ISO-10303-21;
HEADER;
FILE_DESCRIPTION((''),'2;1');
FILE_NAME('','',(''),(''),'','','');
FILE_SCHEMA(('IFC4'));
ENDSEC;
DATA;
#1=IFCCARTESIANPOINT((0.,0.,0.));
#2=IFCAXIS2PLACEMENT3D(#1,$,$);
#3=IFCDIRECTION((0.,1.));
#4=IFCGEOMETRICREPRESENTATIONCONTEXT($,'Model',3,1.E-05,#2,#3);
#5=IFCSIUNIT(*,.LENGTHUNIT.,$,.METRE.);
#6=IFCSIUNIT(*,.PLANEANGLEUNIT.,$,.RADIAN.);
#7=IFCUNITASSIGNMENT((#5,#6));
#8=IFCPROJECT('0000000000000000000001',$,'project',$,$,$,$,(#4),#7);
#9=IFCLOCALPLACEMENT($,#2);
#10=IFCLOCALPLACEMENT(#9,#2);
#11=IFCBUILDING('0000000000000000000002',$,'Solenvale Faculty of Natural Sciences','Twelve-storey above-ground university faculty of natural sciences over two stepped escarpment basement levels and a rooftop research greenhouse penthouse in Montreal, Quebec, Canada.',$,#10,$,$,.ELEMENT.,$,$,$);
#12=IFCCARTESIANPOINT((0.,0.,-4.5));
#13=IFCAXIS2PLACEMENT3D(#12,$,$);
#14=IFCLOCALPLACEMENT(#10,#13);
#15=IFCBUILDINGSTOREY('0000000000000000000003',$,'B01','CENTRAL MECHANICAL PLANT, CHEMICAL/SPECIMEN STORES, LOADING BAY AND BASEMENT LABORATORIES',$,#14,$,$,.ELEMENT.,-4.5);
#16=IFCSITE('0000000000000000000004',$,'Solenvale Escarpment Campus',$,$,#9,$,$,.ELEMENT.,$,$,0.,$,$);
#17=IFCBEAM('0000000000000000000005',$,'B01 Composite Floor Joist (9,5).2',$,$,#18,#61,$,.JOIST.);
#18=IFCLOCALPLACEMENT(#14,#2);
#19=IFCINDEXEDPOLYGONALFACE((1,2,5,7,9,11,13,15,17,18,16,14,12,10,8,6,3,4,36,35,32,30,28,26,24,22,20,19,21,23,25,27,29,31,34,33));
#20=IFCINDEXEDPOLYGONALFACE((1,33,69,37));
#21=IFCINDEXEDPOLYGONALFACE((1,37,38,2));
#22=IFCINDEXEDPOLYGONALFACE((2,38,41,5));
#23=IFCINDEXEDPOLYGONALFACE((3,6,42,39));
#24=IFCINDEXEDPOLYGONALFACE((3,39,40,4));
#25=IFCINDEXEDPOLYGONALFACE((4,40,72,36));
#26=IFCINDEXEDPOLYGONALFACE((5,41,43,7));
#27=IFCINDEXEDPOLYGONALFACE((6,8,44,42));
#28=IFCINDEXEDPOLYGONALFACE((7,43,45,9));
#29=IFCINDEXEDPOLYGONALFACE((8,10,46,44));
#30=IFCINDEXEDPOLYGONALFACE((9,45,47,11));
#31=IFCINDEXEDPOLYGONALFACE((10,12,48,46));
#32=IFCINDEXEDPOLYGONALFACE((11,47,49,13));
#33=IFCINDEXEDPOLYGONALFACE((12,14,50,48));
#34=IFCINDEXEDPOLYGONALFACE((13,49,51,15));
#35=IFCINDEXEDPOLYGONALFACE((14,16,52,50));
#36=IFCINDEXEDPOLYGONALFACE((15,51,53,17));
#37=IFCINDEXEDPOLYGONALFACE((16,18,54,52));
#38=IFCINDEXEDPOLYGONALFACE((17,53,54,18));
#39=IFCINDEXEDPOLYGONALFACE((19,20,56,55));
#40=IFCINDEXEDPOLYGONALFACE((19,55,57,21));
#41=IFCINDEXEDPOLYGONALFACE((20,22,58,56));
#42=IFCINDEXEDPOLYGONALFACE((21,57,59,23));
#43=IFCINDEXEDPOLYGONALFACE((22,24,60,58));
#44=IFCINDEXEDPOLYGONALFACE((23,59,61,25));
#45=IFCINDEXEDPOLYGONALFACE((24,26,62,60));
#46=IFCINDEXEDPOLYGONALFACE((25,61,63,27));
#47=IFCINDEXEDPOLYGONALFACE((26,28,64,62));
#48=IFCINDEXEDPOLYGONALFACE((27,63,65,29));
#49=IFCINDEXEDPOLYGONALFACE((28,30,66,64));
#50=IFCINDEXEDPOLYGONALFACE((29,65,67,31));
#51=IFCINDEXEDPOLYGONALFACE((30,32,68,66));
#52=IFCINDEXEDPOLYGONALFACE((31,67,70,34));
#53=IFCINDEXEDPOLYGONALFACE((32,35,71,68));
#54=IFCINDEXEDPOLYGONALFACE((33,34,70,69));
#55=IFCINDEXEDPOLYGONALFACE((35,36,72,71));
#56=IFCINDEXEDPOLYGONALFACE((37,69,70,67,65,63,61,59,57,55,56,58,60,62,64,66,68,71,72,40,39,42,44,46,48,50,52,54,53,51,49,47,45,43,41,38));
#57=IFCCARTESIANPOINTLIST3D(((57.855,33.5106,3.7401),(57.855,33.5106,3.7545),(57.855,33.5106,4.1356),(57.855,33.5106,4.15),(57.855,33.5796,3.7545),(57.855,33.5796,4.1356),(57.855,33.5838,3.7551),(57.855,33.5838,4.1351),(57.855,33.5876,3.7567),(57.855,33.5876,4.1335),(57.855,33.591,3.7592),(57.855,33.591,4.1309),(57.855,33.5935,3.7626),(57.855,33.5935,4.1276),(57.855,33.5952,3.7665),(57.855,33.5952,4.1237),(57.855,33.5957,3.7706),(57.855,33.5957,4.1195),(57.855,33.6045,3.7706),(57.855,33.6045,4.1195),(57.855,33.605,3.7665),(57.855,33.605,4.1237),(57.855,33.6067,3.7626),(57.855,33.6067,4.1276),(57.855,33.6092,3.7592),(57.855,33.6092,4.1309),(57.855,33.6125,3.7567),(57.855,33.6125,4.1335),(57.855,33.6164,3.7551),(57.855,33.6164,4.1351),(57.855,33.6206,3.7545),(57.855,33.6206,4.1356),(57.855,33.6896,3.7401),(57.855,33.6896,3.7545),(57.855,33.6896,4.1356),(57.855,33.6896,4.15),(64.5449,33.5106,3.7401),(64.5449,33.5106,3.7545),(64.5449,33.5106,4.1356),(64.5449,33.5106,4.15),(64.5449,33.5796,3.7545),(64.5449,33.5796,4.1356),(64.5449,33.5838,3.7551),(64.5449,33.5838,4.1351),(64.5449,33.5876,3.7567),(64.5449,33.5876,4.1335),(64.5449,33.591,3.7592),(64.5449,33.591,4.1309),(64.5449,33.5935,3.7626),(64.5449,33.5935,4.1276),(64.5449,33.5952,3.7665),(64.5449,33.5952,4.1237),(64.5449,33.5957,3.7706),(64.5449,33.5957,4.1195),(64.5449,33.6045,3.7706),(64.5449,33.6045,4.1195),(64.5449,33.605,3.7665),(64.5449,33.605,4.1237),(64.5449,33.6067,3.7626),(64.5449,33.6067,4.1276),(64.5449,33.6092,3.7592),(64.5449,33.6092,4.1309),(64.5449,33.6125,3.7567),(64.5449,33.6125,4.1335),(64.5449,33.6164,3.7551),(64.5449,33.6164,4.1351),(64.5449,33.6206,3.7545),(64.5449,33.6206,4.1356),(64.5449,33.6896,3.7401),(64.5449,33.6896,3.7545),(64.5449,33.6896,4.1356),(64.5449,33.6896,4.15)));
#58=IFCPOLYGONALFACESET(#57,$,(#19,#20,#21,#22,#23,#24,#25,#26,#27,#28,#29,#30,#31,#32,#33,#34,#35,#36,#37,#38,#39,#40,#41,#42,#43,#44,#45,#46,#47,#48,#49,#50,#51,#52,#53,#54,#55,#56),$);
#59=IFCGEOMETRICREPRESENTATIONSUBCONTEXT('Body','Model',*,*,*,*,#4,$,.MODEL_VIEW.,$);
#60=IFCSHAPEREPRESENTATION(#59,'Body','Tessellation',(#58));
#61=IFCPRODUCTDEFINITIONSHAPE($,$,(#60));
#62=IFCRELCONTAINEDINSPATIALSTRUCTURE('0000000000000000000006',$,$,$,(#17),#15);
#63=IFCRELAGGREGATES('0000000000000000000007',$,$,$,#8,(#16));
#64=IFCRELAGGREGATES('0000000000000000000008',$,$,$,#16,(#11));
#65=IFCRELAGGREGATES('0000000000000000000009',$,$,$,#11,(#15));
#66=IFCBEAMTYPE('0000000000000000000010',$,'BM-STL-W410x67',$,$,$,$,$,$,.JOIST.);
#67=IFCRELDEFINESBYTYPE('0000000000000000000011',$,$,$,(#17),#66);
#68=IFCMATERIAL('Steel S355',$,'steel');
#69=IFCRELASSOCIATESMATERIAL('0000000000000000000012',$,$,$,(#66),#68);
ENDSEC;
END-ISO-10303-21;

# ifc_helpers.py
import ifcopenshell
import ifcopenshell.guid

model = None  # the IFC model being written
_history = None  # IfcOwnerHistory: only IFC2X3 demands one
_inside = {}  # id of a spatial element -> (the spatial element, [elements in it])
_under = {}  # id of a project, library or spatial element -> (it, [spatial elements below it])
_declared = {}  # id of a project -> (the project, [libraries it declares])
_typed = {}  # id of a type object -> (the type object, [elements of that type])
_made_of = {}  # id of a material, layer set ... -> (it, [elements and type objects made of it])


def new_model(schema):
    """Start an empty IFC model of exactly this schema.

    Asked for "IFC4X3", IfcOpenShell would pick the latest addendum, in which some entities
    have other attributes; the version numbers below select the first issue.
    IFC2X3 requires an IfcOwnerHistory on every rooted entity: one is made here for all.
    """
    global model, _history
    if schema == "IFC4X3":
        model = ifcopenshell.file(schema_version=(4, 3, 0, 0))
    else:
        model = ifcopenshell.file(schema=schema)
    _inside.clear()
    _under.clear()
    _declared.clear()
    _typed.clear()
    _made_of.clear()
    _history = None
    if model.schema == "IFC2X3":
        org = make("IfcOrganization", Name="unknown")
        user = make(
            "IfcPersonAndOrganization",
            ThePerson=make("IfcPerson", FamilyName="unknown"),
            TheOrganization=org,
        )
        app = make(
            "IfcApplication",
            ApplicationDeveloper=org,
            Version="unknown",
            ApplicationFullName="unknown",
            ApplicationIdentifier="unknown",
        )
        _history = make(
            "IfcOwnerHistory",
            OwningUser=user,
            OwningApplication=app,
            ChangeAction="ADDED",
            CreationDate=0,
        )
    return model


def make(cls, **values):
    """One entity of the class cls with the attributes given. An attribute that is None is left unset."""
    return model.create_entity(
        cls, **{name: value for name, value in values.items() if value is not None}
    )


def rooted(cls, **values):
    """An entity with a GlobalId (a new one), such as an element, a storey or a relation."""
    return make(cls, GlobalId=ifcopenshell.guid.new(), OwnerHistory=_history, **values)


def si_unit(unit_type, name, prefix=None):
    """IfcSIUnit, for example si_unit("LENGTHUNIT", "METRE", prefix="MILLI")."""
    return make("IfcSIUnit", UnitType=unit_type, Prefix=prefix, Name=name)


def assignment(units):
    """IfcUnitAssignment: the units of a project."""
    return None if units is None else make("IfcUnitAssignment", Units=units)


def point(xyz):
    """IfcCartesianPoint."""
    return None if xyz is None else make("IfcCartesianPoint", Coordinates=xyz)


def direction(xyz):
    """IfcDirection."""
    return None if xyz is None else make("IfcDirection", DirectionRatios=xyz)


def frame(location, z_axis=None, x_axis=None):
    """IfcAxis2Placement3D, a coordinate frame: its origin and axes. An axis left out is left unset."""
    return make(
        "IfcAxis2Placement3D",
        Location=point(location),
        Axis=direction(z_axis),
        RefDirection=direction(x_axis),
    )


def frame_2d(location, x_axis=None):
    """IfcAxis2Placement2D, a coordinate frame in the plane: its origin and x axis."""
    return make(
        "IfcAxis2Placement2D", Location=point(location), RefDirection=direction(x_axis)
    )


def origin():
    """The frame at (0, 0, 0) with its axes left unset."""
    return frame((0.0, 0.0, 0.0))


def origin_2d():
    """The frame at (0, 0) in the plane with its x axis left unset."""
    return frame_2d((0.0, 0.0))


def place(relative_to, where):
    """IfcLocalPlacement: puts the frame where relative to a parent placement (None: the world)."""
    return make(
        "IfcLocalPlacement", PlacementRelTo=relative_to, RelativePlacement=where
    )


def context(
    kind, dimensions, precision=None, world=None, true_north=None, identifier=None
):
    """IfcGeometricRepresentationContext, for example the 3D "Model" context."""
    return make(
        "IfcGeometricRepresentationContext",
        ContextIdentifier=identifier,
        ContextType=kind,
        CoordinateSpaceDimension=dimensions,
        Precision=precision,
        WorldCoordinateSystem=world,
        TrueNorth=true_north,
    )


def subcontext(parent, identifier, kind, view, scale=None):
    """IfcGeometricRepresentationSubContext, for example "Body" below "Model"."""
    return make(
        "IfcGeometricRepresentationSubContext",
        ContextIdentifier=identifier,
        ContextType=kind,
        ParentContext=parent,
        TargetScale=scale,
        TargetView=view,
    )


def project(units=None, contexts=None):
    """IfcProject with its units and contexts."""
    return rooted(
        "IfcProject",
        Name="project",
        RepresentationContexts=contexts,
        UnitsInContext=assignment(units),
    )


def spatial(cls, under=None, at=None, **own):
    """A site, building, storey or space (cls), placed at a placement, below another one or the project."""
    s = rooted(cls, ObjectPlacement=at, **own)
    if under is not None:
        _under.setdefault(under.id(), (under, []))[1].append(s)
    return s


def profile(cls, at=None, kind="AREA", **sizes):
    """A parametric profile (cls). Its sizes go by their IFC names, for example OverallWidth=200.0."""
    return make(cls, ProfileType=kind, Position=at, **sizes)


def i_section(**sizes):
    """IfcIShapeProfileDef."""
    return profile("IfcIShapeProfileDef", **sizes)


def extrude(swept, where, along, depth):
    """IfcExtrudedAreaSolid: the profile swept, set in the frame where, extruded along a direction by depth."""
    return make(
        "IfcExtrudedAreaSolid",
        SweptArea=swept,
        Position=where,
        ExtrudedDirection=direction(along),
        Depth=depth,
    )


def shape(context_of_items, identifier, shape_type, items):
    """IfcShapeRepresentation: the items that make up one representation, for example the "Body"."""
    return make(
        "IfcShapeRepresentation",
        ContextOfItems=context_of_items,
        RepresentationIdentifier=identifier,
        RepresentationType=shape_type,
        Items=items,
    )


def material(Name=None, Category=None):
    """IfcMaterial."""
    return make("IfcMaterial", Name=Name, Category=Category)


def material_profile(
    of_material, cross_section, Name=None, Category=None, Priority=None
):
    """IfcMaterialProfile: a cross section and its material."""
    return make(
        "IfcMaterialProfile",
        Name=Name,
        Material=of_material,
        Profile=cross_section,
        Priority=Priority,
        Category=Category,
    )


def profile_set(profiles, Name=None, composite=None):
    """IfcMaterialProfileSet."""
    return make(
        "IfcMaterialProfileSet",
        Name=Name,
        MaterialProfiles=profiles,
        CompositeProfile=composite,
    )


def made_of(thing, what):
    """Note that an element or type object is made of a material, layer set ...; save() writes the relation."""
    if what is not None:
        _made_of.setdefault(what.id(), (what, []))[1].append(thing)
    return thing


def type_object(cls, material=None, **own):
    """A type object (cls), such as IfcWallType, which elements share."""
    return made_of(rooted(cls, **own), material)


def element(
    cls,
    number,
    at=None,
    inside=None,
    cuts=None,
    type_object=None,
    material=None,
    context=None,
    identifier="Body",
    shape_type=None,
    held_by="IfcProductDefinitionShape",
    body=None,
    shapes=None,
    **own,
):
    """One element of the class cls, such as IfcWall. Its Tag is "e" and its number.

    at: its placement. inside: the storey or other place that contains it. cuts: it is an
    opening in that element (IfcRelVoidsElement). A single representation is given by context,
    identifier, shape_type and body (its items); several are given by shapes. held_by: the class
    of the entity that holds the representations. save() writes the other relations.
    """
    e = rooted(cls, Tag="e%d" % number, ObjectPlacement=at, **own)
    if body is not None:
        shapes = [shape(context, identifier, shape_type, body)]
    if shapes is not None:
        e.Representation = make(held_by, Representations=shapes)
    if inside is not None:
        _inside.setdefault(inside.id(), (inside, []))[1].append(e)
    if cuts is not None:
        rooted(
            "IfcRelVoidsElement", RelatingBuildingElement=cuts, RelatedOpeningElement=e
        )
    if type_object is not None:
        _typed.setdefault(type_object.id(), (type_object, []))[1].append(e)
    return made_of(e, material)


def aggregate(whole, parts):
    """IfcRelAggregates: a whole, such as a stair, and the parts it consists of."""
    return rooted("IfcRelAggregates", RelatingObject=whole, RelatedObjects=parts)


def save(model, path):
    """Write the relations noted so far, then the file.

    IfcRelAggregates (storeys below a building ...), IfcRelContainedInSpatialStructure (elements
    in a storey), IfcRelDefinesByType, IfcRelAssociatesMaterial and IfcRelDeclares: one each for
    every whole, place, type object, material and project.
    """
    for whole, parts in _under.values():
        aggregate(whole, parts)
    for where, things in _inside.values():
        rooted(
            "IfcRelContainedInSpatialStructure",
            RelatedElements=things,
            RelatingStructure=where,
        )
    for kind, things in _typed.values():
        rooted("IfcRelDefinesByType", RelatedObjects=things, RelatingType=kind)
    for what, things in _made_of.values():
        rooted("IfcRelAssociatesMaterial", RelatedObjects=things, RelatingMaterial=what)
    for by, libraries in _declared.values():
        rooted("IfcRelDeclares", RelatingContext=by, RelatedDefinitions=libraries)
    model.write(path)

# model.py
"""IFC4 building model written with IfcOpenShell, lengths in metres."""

from ifc_helpers import new_model, si_unit, direction, frame, origin, origin_2d, place, context, subcontext, project, spatial, i_section, extrude, material, material_profile, profile_set, type_object, element, save


model = new_model("IFC4")

# Units and contexts
model_context = context("Model", 3, precision=1e-05, world=origin(), true_north=direction((0.0, 1.0)))
body_context = subcontext(model_context, "Body", "Model", "MODEL_VIEW")
ifc_project = project(units=[si_unit("LENGTHUNIT", "METRE"), si_unit("PLANEANGLEUNIT", "RADIAN")], contexts=[model_context])

# Site, building, storey
site_placement = place(None, origin())
site = spatial("IfcSite", under=ifc_project, at=site_placement, Name="Solenvale Escarpment Campus", CompositionType="ELEMENT", RefElevation=0.0)
building_placement = place(site_placement, origin())
building = spatial("IfcBuilding", under=site, at=building_placement, Name="Solenvale Faculty of Natural Sciences", Description="Twelve-storey above-ground university faculty of natural sciences over two stepped escarpment basement levels and a rooftop research greenhouse penthouse in Montreal, Quebec, Canada.", CompositionType="ELEMENT")
storey_placement = place(building_placement, frame((0.0, 0.0, -4.5)))
storey = spatial("IfcBuildingStorey", under=building, at=storey_placement, Name="B01", Description="CENTRAL MECHANICAL PLANT, CHEMICAL/SPECIMEN STORES, LOADING BAY AND BASEMENT LABORATORIES", CompositionType="ELEMENT", Elevation=-4.5)

# Beam
ifc_material_1 = material(Name="Steel S355", Category="steel")
ifc_material_profile_1 = material_profile(ifc_material_1, i_section(OverallWidth=0.179, OverallDepth=0.4099, WebThickness=0.0088, FlangeThickness=0.0144, FilletRadius=0.0161, at=origin_2d()), Name="W410x67")
ifc_profile_set_1 = profile_set([ifc_material_profile_1], Name="Steel S355")
beam_type_1 = type_object("IfcBeamType", Name="BM-STL-W410x67", PredefinedType="JOIST", material=ifc_profile_set_1)
for number, where, z_axis, x_axis, name in (
    (1, (57.855, 33.6001, 3.9451), (1.0, 0.0, 0.0), (0.0, 1.0, 0.0), "B01 Composite Floor Joist (9,5).2"),
):
    element("IfcBeam", number, at=place(storey_placement, frame(where, z_axis=z_axis, x_axis=x_axis)), inside=storey, type_object=beam_type_1, Name=name, PredefinedType="JOIST", context=body_context, shape_type="SweptSolid", body=[
        extrude(i_section(OverallWidth=0.179, OverallDepth=0.4099, WebThickness=0.0088, FlangeThickness=0.0144, FilletRadius=0.0161, at=origin_2d()), origin(), (0.0, 0.0, 1.0), 6.6899),
    ])

save(model, "model.ifc")
